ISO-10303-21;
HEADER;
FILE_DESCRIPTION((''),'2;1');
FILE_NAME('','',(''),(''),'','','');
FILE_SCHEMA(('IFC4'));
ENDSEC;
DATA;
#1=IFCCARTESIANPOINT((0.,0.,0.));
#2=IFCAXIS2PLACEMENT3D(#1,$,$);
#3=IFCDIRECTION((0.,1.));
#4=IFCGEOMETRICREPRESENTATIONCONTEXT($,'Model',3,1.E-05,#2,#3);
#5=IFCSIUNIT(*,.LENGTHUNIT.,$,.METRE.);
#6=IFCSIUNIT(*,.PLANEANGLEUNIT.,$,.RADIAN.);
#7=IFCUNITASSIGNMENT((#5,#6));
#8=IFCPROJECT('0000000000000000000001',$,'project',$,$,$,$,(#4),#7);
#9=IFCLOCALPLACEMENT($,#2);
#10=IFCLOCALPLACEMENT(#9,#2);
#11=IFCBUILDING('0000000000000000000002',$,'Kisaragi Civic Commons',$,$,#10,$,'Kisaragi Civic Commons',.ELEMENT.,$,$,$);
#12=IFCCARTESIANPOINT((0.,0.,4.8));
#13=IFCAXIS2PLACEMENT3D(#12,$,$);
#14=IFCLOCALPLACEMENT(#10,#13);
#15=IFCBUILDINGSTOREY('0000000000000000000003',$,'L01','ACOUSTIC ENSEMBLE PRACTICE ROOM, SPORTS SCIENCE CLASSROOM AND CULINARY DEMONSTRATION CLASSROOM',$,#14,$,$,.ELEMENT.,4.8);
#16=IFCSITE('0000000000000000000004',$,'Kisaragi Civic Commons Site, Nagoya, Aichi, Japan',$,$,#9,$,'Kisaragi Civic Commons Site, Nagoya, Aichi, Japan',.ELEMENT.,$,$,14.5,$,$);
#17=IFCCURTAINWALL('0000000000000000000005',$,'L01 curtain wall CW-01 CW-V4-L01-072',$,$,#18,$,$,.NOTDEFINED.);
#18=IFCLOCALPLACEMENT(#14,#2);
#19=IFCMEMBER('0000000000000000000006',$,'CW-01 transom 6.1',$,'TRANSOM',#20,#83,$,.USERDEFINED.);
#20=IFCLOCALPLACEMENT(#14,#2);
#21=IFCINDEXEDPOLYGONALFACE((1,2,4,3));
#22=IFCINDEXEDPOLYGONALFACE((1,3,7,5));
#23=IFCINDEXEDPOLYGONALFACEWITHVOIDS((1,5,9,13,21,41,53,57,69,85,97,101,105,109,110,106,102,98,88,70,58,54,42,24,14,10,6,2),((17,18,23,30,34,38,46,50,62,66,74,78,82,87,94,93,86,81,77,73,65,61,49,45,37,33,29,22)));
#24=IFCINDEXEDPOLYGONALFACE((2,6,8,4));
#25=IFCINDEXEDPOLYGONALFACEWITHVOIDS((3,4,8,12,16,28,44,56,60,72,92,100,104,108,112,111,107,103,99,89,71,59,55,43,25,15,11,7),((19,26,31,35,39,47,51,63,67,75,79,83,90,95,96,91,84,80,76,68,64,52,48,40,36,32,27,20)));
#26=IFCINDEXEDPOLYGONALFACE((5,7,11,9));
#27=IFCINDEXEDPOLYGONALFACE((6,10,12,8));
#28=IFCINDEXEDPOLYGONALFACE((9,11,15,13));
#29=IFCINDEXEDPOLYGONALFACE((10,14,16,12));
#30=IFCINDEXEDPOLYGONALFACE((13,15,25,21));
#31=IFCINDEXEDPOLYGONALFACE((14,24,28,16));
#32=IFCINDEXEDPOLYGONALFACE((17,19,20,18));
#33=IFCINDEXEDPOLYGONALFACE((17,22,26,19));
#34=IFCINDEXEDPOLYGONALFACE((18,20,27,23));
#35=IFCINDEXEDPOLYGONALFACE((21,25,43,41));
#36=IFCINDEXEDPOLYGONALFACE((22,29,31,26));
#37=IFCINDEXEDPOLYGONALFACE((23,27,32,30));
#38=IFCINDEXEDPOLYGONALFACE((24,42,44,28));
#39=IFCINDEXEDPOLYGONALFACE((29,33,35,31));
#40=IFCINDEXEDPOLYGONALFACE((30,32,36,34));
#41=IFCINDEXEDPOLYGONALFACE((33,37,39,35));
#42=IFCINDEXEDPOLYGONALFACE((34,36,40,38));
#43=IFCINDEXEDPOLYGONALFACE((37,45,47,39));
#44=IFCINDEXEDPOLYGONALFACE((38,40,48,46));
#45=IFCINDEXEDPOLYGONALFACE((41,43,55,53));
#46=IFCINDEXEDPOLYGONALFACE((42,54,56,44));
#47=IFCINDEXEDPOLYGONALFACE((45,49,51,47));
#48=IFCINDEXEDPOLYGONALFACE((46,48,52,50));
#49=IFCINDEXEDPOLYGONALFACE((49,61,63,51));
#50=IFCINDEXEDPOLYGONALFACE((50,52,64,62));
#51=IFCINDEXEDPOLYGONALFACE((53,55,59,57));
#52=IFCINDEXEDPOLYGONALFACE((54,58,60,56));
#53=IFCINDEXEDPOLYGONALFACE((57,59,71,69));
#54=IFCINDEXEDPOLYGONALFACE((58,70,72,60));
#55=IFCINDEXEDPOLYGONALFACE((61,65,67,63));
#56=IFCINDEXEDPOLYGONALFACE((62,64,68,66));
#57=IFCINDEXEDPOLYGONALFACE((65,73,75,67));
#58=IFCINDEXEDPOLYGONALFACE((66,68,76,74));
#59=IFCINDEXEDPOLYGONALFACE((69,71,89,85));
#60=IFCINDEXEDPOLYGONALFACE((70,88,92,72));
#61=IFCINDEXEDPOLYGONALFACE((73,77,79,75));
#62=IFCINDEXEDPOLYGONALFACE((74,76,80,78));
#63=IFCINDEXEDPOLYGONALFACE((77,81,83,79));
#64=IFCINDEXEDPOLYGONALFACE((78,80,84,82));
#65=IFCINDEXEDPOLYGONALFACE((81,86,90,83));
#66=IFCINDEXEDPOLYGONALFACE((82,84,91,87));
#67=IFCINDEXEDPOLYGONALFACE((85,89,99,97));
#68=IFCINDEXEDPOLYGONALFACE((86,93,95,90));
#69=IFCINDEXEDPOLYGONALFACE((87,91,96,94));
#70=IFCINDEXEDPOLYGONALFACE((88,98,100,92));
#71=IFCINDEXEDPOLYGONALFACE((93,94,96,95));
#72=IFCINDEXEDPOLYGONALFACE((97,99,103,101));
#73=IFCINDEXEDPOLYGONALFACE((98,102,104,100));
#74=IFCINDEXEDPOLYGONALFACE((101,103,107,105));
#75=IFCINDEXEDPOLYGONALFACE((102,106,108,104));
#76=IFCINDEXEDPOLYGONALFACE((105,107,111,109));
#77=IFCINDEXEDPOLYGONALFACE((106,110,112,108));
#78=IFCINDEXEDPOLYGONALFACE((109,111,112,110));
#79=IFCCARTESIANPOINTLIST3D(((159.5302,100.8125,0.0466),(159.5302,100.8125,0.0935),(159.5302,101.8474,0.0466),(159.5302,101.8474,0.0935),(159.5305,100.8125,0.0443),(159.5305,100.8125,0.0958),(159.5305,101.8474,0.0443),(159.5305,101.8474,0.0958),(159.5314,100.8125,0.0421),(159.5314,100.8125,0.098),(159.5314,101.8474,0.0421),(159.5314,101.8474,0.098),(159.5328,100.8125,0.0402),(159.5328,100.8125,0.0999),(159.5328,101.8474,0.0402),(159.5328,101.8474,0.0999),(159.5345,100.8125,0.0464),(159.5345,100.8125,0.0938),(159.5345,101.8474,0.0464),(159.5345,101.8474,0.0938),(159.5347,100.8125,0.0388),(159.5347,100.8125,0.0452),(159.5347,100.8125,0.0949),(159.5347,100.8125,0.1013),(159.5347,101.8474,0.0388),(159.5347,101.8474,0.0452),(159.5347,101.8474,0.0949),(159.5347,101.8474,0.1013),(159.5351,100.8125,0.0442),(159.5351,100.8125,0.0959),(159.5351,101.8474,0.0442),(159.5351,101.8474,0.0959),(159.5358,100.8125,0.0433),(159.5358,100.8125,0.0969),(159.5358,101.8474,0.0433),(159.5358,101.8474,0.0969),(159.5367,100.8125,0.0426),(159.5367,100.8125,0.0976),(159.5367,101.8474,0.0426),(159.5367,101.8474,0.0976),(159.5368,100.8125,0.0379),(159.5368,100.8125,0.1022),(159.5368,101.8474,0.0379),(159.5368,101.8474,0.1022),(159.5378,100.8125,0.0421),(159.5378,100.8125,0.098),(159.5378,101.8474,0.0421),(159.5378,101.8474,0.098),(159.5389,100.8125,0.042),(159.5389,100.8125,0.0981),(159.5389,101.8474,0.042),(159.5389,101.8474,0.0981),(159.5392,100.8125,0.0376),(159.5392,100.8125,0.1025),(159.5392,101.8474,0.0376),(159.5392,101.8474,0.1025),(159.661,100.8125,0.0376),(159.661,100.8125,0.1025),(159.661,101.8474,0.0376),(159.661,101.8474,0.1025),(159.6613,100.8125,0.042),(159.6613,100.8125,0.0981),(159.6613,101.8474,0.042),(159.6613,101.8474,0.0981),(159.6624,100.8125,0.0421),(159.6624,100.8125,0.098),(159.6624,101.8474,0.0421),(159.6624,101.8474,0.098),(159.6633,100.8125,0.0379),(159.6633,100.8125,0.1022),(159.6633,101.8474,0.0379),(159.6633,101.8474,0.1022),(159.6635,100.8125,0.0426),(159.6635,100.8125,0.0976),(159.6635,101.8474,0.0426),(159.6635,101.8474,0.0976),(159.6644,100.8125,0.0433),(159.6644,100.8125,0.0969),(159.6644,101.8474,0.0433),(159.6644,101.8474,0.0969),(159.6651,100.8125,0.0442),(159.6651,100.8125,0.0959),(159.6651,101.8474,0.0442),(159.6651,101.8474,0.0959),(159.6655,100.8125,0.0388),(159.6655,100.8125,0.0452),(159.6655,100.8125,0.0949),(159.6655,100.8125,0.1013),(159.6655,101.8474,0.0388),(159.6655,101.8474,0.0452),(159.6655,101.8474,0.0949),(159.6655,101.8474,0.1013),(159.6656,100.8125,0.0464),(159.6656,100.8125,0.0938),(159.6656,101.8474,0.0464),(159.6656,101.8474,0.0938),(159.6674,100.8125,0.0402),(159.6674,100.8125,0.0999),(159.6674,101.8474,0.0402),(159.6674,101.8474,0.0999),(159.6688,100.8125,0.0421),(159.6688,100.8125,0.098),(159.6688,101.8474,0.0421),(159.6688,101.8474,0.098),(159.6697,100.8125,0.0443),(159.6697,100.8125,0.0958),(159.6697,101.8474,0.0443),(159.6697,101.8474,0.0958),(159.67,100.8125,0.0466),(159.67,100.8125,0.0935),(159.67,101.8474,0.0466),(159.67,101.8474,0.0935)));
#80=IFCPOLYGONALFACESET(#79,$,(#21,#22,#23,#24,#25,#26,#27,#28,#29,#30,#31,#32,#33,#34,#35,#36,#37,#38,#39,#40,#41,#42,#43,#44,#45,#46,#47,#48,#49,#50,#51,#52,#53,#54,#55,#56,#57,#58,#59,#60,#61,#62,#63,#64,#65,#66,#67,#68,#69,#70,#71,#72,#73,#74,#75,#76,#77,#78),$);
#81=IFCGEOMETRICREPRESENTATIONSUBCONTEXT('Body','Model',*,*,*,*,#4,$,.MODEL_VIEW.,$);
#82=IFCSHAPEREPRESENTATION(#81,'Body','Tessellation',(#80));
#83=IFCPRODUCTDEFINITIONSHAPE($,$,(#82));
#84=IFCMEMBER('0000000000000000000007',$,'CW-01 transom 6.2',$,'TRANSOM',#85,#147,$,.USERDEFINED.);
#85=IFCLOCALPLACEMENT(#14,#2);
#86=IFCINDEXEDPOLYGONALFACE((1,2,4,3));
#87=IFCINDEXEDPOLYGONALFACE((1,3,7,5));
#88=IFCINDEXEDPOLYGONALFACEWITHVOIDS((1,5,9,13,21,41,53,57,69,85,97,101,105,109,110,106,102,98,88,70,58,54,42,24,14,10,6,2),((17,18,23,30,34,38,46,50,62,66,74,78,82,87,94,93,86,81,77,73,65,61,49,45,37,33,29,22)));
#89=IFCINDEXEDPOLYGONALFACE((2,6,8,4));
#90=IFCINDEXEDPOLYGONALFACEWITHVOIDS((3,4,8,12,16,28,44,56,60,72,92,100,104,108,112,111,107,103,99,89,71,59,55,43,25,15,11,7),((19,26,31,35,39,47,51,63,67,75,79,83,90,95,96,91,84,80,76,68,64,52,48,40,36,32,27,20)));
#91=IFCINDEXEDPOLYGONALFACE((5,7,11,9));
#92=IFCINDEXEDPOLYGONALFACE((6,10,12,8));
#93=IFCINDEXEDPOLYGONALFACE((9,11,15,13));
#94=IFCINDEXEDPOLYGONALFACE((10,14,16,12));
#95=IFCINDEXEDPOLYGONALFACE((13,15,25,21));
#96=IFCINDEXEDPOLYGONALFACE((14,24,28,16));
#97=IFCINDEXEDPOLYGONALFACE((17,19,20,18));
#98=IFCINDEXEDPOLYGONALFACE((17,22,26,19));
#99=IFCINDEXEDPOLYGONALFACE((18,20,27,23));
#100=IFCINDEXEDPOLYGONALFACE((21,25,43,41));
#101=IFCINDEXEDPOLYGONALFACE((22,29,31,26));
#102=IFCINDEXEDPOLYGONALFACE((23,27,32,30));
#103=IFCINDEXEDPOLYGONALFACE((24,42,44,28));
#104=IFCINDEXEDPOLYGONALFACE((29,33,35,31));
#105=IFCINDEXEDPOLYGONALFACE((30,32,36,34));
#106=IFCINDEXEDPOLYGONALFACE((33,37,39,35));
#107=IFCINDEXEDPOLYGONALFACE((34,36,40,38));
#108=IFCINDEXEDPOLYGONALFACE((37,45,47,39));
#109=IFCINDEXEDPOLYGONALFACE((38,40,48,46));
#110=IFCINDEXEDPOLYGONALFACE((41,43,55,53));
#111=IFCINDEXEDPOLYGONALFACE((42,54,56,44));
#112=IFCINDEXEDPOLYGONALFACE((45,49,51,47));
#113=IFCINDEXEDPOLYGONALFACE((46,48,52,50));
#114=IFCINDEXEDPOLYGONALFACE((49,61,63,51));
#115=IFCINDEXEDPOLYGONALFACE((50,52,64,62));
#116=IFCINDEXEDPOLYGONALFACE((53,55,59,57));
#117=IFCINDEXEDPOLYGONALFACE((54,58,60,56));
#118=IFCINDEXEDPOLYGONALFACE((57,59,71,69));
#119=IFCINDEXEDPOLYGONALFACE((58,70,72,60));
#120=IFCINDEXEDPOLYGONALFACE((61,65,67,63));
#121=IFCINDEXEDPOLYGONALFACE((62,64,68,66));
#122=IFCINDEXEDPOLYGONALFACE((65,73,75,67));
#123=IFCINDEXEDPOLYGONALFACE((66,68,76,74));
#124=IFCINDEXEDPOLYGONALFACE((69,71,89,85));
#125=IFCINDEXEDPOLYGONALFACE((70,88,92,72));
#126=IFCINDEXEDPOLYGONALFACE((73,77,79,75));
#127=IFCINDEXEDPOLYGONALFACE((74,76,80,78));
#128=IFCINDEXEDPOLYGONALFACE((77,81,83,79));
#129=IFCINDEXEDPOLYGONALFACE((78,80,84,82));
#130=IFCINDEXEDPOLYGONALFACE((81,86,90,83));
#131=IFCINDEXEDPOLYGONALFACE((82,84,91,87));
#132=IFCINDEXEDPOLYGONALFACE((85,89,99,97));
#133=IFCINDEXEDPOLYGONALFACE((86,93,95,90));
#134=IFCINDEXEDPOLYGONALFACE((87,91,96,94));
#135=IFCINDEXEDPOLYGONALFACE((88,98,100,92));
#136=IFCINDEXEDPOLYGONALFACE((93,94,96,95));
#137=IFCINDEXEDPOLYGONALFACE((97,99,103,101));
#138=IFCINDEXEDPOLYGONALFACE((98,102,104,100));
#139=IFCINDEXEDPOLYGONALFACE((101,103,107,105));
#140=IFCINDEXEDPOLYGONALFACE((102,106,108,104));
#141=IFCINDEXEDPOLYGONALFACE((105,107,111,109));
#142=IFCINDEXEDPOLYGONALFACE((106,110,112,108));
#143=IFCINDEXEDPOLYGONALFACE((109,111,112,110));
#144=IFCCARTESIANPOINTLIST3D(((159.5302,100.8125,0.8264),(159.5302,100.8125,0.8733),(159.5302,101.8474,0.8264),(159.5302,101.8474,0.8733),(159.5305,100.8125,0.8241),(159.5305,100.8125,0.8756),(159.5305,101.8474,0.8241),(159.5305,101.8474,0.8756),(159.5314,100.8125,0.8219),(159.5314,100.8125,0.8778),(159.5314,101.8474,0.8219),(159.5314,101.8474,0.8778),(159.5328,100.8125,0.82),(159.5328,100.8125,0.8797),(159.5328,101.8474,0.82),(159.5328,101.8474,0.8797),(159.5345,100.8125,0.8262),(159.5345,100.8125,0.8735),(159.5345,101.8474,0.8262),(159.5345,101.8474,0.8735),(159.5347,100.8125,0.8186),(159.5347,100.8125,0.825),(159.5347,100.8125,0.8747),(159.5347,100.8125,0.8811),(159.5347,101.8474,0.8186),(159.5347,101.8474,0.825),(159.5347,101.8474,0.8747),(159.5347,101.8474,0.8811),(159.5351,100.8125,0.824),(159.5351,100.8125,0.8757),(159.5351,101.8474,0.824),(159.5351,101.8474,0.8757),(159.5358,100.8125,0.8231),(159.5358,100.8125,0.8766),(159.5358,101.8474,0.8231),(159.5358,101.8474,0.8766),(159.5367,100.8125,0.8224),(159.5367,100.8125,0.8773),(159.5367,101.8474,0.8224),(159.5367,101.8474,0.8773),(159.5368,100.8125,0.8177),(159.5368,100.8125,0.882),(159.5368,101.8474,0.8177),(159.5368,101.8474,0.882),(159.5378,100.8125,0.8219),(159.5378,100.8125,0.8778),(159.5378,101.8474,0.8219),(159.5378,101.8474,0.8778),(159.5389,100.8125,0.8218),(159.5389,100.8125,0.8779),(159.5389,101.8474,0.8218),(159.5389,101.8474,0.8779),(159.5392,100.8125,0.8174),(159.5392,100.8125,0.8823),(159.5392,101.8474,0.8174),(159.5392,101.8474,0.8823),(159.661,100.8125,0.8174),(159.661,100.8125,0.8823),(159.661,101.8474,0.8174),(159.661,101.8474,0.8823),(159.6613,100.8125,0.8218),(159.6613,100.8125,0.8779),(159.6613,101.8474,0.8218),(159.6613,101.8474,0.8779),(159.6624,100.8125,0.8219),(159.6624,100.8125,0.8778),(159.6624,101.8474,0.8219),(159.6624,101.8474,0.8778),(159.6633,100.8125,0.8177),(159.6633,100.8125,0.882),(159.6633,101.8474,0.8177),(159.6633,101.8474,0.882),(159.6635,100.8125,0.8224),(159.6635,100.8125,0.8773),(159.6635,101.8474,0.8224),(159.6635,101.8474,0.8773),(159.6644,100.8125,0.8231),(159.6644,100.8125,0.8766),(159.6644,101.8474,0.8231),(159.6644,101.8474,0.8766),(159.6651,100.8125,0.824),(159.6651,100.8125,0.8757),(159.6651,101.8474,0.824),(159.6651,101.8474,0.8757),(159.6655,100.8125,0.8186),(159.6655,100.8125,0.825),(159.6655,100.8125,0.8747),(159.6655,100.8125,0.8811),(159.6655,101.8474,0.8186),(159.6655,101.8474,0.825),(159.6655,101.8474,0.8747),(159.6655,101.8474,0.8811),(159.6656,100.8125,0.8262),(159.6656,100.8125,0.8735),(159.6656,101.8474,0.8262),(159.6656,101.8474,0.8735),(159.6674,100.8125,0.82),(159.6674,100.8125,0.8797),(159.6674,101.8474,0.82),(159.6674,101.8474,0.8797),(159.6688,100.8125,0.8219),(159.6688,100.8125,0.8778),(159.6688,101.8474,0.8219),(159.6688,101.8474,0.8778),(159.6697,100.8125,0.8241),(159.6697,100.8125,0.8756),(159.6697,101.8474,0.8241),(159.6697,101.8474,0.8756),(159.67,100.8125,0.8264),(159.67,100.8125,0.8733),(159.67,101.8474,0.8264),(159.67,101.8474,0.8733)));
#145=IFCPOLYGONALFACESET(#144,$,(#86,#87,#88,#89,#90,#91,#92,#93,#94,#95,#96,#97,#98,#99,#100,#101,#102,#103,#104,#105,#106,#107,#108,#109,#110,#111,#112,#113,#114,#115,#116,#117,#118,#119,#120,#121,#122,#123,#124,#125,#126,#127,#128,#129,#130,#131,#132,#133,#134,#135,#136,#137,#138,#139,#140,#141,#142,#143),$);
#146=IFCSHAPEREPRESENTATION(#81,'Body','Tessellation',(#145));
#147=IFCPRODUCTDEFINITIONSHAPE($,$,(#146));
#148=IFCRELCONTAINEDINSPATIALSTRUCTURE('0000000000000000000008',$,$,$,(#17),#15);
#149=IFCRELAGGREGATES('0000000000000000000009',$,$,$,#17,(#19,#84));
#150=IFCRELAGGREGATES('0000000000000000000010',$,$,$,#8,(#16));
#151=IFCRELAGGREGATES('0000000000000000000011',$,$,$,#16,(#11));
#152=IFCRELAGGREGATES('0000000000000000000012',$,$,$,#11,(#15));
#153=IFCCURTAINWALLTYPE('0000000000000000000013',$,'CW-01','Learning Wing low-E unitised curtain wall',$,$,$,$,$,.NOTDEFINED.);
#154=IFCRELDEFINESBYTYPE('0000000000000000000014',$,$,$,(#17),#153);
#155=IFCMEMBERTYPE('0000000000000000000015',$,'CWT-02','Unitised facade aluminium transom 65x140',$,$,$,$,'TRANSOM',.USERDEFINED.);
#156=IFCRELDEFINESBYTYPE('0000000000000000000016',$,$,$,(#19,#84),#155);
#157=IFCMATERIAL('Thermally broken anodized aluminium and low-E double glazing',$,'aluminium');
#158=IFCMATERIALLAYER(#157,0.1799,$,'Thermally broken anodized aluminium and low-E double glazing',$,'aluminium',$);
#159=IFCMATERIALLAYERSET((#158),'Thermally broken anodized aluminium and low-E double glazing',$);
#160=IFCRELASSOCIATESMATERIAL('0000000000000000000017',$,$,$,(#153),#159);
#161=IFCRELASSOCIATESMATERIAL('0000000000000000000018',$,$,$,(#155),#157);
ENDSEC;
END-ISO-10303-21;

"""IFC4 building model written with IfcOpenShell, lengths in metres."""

from ifc_helpers import new_model, si_unit, direction, frame, origin, origin_2d, place, context, subcontext, project, spatial, hollow_rectangle, extrude, material, layer, layer_set, material_profile, profile_set, type_object, element, aggregate, save


model = new_model("IFC4")

# Units and contexts
model_context = context("Model", 3, precision=1e-05, world=origin(), true_north=direction((0.0, 1.0)))
body_context = subcontext(model_context, "Body", "Model", "MODEL_VIEW")
ifc_project = project(units=[si_unit("LENGTHUNIT", "METRE"), si_unit("PLANEANGLEUNIT", "RADIAN")], contexts=[model_context])

# Site, building, storey
site_placement = place(None, origin())
site = spatial("IfcSite", under=ifc_project, at=site_placement, Name="Kisaragi Civic Commons Site, Nagoya, Aichi, Japan", LongName="Kisaragi Civic Commons Site, Nagoya, Aichi, Japan", CompositionType="ELEMENT", RefElevation=14.5)
building_placement = place(site_placement, origin())
building = spatial("IfcBuilding", under=site, at=building_placement, Name="Kisaragi Civic Commons", LongName="Kisaragi Civic Commons", CompositionType="ELEMENT")
storey_placement = place(building_placement, frame((0.0, 0.0, 4.8)))
storey = spatial("IfcBuildingStorey", under=building, at=storey_placement, Name="L01", Description="ACOUSTIC ENSEMBLE PRACTICE ROOM, SPORTS SCIENCE CLASSROOM AND CULINARY DEMONSTRATION CLASSROOM", CompositionType="ELEMENT", Elevation=4.8)

# Curtain wall, members
ifc_material = material(Name="Thermally broken anodized aluminium and low-E double glazing", Category="aluminium")
ifc_layer_1 = layer(ifc_material, 0.1799, Name="Thermally broken anodized aluminium and low-E double glazing", Category="aluminium")
ifc_layer_set_1 = layer_set([ifc_layer_1], Name="Thermally broken anodized aluminium and low-E double glazing")
curtain_wall_type = type_object("IfcCurtainWallType", Name="CW-01", Description="Learning Wing low-E unitised curtain wall", PredefinedType="NOTDEFINED", material=ifc_layer_set_1)
curtain_wall_placement = place(storey_placement, origin())
curtain_wall = element("IfcCurtainWall", 1, at=curtain_wall_placement, inside=storey, type_object=curtain_wall_type, Name="L01 curtain wall CW-01 CW-V4-L01-072", PredefinedType="NOTDEFINED")
ifc_material_profile_1 = material_profile(ifc_material, hollow_rectangle(XDim=0.1399, YDim=0.0649, WallThickness=0.0044, InnerFilletRadius=0.0044, OuterFilletRadius=0.009, at=origin_2d()), Name="CWT-65x140x4.5", Category="aluminium")
ifc_profile_set_1 = profile_set([ifc_material_profile_1], Name="Thermally broken anodized aluminium and low-E double glazing")
member_type_1 = type_object("IfcMemberType", Name="CWT-02", Description="Unitised facade aluminium transom 65x140", ElementType="TRANSOM", PredefinedType="USERDEFINED", material=ifc_profile_set_1)
member_1_placement = place(storey_placement, frame((159.6001, 101.8474, 0.0701), z_axis=(0.0, -1.0, 0.0), x_axis=(1.0, 0.0, 0.0)))
member_1 = element("IfcMember", 2, at=member_1_placement, type_object=member_type_1, Name="CW-01 transom 6.1", ObjectType="TRANSOM", PredefinedType="USERDEFINED", context=body_context, shape_type="SweptSolid", body=[
    extrude(hollow_rectangle(XDim=0.1399, YDim=0.0649, WallThickness=0.0044, InnerFilletRadius=0.0044, OuterFilletRadius=0.009, at=origin_2d()), origin(), (0.0, 0.0, 1.0), 1.0349),
])
member_2_placement = place(storey_placement, frame((159.6001, 101.8474, 0.8499), z_axis=(0.0, -1.0, 0.0), x_axis=(1.0, 0.0, 0.0)))
member_2 = element("IfcMember", 3, at=member_2_placement, type_object=member_type_1, Name="CW-01 transom 6.2", ObjectType="TRANSOM", PredefinedType="USERDEFINED", context=body_context, shape_type="SweptSolid", body=[
    extrude(hollow_rectangle(XDim=0.1399, YDim=0.0649, WallThickness=0.0044, InnerFilletRadius=0.0044, OuterFilletRadius=0.009, at=origin_2d()), origin(), (0.0, 0.0, 1.0), 1.0349),
])
aggregate(curtain_wall, [member_1, member_2])

save(model, "model.ifc")
